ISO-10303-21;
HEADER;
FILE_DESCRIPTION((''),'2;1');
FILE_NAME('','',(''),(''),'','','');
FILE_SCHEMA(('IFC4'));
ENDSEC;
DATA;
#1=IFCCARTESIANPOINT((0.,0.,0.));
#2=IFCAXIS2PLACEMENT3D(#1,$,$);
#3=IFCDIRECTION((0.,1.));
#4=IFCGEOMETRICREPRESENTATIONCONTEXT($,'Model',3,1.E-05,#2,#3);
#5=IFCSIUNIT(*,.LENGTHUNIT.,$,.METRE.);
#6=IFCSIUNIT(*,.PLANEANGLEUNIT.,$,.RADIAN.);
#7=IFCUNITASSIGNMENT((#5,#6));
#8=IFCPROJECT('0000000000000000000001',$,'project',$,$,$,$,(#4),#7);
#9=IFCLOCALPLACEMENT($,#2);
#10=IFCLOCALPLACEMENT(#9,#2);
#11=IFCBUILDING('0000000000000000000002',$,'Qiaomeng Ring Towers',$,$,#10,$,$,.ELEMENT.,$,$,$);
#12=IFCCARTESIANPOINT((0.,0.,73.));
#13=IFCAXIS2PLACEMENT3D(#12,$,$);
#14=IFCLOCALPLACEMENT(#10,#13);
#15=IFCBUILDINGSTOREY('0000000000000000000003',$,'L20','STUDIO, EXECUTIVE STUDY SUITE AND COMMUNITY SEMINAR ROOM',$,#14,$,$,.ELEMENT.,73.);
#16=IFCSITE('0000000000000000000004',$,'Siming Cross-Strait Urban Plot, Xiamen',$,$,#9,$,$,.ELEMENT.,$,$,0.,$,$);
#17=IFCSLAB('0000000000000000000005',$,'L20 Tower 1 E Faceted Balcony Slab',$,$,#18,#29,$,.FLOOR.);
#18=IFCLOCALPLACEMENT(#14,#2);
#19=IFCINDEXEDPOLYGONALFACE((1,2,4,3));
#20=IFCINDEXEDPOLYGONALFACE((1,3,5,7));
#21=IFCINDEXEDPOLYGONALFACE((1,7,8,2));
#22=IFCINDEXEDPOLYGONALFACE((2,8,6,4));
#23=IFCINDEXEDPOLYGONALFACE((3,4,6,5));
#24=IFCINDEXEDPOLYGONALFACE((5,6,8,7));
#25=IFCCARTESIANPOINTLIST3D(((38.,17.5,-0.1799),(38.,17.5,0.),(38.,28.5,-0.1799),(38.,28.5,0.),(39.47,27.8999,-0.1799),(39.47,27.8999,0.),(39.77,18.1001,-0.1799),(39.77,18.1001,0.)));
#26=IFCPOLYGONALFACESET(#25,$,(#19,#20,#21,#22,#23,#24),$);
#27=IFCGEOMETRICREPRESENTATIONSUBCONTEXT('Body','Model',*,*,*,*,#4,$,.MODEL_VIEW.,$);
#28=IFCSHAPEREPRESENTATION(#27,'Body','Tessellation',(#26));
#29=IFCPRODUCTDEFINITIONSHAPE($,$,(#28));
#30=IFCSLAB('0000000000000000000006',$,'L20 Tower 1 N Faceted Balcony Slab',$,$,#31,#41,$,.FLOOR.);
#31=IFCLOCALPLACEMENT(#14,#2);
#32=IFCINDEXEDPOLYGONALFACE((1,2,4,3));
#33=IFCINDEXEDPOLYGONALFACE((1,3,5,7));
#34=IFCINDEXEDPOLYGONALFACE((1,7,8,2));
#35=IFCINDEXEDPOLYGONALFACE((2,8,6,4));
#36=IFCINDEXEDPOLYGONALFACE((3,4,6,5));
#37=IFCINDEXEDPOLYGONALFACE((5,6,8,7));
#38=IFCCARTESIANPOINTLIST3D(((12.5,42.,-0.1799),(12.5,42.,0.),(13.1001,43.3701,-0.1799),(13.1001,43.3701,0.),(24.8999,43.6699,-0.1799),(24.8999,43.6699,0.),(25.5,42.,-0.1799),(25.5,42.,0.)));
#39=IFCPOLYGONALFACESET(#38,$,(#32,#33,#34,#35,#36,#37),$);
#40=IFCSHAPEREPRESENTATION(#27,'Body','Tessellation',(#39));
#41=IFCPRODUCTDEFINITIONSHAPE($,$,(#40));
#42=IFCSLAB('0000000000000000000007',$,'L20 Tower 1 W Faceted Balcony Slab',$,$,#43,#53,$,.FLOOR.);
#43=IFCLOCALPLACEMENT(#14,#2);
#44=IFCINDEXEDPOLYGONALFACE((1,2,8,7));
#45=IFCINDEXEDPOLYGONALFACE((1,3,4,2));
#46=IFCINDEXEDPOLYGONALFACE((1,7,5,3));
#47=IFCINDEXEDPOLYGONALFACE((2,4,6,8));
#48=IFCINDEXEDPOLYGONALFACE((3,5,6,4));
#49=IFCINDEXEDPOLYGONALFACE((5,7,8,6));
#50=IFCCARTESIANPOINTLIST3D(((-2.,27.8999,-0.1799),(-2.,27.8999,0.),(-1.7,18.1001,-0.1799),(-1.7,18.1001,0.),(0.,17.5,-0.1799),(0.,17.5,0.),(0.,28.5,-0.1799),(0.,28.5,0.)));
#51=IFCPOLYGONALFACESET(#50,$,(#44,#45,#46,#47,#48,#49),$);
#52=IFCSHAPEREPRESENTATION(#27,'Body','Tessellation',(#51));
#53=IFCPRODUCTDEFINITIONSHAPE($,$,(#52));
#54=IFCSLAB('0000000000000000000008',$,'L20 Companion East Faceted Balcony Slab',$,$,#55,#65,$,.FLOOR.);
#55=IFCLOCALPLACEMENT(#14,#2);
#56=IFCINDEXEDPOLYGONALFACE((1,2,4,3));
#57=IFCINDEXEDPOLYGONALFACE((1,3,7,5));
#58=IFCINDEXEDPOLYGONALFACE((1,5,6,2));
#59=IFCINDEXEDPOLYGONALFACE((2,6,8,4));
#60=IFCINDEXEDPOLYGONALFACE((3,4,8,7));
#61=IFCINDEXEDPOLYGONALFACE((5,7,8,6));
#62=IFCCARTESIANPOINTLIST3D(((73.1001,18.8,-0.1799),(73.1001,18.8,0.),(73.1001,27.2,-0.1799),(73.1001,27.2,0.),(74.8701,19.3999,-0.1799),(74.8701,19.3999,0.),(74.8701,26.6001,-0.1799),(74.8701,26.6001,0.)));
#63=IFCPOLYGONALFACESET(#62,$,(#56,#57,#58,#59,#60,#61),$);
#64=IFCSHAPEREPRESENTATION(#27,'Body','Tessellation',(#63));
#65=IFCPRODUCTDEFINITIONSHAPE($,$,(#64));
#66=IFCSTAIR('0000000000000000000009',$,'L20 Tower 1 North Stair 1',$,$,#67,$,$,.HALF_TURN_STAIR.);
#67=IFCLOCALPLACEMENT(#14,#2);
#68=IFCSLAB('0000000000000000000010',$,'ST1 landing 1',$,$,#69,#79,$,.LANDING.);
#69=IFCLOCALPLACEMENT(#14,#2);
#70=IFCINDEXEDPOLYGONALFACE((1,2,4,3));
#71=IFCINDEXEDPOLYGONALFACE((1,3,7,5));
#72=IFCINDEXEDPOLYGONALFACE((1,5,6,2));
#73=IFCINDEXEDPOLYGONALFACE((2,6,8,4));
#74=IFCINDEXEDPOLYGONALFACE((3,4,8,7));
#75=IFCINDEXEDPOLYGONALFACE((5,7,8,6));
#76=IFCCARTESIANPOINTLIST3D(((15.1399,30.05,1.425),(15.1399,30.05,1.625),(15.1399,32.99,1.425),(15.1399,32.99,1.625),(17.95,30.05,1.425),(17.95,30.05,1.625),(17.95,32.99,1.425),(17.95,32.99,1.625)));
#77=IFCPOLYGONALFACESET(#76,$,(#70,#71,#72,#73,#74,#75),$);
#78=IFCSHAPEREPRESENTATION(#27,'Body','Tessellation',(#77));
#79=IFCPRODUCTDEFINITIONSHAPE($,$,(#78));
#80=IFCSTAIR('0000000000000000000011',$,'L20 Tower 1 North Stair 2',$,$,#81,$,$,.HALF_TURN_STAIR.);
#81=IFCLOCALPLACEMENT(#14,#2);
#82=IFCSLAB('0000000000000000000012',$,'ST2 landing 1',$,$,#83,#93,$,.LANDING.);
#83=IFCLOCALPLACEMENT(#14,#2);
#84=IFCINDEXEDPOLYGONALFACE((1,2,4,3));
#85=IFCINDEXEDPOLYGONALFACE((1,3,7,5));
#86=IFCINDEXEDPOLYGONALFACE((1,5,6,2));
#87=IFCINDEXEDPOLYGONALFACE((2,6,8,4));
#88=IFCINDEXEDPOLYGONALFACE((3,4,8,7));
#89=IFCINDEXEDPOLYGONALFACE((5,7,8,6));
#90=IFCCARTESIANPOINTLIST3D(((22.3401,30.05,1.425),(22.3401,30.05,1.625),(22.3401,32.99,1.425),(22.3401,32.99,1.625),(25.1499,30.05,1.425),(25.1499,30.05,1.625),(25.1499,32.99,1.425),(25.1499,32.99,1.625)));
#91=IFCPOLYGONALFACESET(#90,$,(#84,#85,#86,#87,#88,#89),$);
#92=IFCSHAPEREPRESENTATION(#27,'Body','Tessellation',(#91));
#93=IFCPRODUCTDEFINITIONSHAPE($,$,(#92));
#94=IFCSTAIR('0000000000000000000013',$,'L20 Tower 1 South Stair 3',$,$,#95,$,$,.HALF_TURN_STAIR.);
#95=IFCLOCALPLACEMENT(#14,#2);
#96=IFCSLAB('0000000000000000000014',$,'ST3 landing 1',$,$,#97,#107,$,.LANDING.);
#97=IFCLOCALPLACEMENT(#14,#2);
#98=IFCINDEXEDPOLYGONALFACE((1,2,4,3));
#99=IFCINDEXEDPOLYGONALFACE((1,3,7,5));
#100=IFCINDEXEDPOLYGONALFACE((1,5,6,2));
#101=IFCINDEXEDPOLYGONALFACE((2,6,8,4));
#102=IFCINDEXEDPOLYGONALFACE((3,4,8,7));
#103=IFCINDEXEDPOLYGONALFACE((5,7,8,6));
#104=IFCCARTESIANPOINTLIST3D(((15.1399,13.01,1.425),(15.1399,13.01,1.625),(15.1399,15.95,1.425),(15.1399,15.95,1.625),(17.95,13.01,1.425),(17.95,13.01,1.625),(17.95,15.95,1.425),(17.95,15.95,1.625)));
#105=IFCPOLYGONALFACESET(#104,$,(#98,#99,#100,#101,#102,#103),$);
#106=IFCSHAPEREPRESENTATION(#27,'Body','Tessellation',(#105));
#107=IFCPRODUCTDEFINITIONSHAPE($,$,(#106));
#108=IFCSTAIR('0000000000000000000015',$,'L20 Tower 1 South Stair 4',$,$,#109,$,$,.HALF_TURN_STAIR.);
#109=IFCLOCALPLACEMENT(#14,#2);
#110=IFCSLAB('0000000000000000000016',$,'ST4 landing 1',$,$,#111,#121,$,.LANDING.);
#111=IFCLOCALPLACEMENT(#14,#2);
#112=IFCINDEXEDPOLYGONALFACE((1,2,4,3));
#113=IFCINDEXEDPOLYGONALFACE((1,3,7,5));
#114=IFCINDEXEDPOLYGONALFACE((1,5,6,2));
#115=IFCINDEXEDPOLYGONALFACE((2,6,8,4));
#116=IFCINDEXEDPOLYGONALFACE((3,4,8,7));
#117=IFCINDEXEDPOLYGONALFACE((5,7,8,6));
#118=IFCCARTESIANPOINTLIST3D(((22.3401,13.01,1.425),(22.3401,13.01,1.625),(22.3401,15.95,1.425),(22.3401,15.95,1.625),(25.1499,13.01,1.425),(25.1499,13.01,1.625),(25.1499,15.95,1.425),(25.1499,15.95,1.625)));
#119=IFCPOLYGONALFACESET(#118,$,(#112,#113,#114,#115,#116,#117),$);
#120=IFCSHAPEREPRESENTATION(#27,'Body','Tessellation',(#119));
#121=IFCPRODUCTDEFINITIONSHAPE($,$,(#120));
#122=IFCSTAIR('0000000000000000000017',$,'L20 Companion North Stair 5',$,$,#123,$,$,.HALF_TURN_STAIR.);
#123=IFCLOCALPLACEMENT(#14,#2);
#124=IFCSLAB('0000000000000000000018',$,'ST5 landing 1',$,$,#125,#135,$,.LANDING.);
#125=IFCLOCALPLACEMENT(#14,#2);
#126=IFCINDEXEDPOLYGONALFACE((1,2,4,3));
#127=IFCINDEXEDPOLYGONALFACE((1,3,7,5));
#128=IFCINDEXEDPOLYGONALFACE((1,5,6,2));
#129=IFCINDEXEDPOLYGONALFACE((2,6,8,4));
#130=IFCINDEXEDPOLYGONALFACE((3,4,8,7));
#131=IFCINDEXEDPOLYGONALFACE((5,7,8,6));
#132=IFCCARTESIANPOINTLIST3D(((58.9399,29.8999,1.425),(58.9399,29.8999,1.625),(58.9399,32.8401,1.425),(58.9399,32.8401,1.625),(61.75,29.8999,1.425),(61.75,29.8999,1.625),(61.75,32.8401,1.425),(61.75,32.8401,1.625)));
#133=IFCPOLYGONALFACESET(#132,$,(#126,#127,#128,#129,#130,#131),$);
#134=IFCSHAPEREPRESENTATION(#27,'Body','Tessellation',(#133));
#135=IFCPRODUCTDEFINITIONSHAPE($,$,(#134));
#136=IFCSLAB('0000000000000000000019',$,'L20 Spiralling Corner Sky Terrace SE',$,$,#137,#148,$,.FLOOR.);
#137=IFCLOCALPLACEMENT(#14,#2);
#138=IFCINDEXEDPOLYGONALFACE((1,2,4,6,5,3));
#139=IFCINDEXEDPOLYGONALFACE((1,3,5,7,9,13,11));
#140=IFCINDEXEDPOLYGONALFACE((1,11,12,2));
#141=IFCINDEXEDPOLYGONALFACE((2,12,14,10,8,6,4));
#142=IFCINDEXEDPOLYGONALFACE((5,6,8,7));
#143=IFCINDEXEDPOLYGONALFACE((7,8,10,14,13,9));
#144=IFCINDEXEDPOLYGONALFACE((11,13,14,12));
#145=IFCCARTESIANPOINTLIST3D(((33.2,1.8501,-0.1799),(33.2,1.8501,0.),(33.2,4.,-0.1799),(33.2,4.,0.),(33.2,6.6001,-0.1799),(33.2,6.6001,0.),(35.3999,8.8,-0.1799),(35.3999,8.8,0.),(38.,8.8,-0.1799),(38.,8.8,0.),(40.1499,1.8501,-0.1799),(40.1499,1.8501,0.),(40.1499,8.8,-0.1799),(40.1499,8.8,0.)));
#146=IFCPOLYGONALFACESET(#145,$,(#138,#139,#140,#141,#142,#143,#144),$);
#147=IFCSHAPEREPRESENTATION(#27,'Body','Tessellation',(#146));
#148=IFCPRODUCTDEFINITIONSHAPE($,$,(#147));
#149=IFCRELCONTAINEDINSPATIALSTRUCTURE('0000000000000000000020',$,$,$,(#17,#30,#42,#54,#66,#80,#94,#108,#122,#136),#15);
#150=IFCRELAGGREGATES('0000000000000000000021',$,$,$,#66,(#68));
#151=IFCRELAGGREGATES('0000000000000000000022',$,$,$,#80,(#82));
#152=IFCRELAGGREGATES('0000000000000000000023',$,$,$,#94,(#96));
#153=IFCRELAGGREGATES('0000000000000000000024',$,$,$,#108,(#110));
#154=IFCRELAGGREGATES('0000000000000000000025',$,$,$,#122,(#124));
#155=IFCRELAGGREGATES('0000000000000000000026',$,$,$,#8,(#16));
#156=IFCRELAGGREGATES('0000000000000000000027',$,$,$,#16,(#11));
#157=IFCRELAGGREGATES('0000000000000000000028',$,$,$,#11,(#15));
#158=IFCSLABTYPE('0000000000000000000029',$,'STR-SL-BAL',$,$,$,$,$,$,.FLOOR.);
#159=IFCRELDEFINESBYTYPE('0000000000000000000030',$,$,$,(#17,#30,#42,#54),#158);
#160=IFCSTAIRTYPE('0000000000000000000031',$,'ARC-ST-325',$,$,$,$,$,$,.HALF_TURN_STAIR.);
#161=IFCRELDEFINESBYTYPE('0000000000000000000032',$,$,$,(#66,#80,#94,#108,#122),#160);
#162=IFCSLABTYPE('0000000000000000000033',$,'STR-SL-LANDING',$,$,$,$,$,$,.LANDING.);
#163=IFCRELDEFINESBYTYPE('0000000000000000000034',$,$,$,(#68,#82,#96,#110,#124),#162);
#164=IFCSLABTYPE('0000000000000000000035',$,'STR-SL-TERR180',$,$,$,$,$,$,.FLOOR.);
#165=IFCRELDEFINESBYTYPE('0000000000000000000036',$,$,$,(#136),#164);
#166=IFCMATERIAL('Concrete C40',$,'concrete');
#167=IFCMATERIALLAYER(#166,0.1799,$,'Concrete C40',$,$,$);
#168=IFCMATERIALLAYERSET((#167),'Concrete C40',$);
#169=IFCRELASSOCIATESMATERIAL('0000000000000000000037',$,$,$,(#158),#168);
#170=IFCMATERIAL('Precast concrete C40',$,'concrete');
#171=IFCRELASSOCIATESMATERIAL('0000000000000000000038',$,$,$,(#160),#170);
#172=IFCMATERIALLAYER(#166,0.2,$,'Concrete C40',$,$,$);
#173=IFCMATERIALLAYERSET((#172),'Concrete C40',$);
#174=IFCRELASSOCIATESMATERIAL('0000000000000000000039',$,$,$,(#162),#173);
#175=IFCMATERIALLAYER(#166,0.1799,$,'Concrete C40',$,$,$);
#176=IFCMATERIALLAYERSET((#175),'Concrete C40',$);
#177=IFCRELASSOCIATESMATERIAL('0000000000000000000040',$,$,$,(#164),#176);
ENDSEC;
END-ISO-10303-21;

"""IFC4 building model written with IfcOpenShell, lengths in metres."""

from ifc_helpers import new_model, si_unit, direction, frame, origin, place, context, subcontext, project, spatial, polyline, outline, extrude, material, layer, layer_set, type_object, element, aggregate, save


model = new_model("IFC4")

# Units and contexts
model_context = context("Model", 3, precision=1e-05, world=origin(), true_north=direction((0.0, 1.0)))
body_context = subcontext(model_context, "Body", "Model", "MODEL_VIEW")
ifc_project = project(units=[si_unit("LENGTHUNIT", "METRE"), si_unit("PLANEANGLEUNIT", "RADIAN")], contexts=[model_context])

# Site, building, storey
site_placement = place(None, origin())
site = spatial("IfcSite", under=ifc_project, at=site_placement, Name="Siming Cross-Strait Urban Plot, Xiamen", CompositionType="ELEMENT", RefElevation=0.0)
building_placement = place(site_placement, origin())
building = spatial("IfcBuilding", under=site, at=building_placement, Name="Qiaomeng Ring Towers", CompositionType="ELEMENT")
storey_placement = place(building_placement, frame((0.0, 0.0, 73.0)))
storey = spatial("IfcBuildingStorey", under=building, at=storey_placement, Name="L20", Description="STUDIO, EXECUTIVE STUDY SUITE AND COMMUNITY SEMINAR ROOM", CompositionType="ELEMENT", Elevation=73.0)

# Slabs
ifc_material_1 = material(Name="Concrete C40", Category="concrete")
ifc_layer_1 = layer(ifc_material_1, 0.1799, Name="Concrete C40")
ifc_layer_set_1 = layer_set([ifc_layer_1], Name="Concrete C40")
slab_type_1 = type_object("IfcSlabType", Name="STR-SL-BAL", PredefinedType="FLOOR", material=ifc_layer_set_1)
slab_1_placement = place(storey_placement, frame((0.0, 0.0, -0.1799)))
element("IfcSlab", 1, at=slab_1_placement, inside=storey, type_object=slab_type_1, Name="L20 Tower 1 E Faceted Balcony Slab", PredefinedType="FLOOR", context=body_context, shape_type="SweptSolid", body=[
    extrude(outline(polyline([(39.47, 27.8999), (39.77, 18.1001), (38.0, 17.5), (38.0, 28.5), (39.47, 27.8999)])), origin(), (0.0, 0.0, 1.0), 0.1799),
])
slab_2_placement = place(storey_placement, frame((0.0, 0.0, -0.1799)))
element("IfcSlab", 2, at=slab_2_placement, inside=storey, type_object=slab_type_1, Name="L20 Tower 1 N Faceted Balcony Slab", PredefinedType="FLOOR", context=body_context, shape_type="SweptSolid", body=[
    extrude(outline(polyline([(12.5, 42.0), (13.1001, 43.3701), (24.8999, 43.6699), (25.5, 42.0), (12.5, 42.0)])), origin(), (0.0, 0.0, 1.0), 0.1799),
])
slab_3_placement = place(storey_placement, frame((0.0, 0.0, -0.1799)))
element("IfcSlab", 3, at=slab_3_placement, inside=storey, type_object=slab_type_1, Name="L20 Tower 1 W Faceted Balcony Slab", PredefinedType="FLOOR", context=body_context, shape_type="SweptSolid", body=[
    extrude(outline(polyline([(0.0, 17.5), (-1.7, 18.1001), (-2.0, 27.8999), (0.0, 28.5), (0.0, 17.5)])), origin(), (0.0, 0.0, 1.0), 0.1799),
])
slab_4_placement = place(storey_placement, frame((0.0, 0.0, -0.1799)))
element("IfcSlab", 4, at=slab_4_placement, inside=storey, type_object=slab_type_1, Name="L20 Companion East Faceted Balcony Slab", PredefinedType="FLOOR", context=body_context, shape_type="SweptSolid", body=[
    extrude(outline(polyline([(74.8701, 26.6001), (74.8701, 19.3999), (73.1001, 18.8), (73.1001, 27.2), (74.8701, 26.6001)])), origin(), (0.0, 0.0, 1.0), 0.1799),
])

# Stairs, slabs
ifc_material_2 = material(Name="Precast concrete C40", Category="concrete")
stair_type = type_object("IfcStairType", Name="ARC-ST-325", PredefinedType="HALF_TURN_STAIR", material=ifc_material_2)
stair_1_placement = place(storey_placement, origin())
stair_1 = element("IfcStair", 5, at=stair_1_placement, inside=storey, type_object=stair_type, Name="L20 Tower 1 North Stair 1", PredefinedType="HALF_TURN_STAIR")
ifc_layer_2 = layer(ifc_material_1, 0.2, Name="Concrete C40")
ifc_layer_set_2 = layer_set([ifc_layer_2], Name="Concrete C40")
slab_type_2 = type_object("IfcSlabType", Name="STR-SL-LANDING", PredefinedType="LANDING", material=ifc_layer_set_2)
slab_5_placement = place(storey_placement, frame((0.0, 0.0, 1.425)))
slab_5 = element("IfcSlab", 6, at=slab_5_placement, type_object=slab_type_2, Name="ST1 landing 1", PredefinedType="LANDING", context=body_context, shape_type="SweptSolid", body=[
    extrude(outline(polyline([(15.1399, 30.05), (17.95, 30.05), (17.95, 32.99), (15.1399, 32.99), (15.1399, 30.05)])), origin(), (0.0, 0.0, 1.0), 0.2),
])
aggregate(stair_1, [slab_5])
stair_2_placement = place(storey_placement, origin())
stair_2 = element("IfcStair", 7, at=stair_2_placement, inside=storey, type_object=stair_type, Name="L20 Tower 1 North Stair 2", PredefinedType="HALF_TURN_STAIR")
slab_6_placement = place(storey_placement, frame((0.0, 0.0, 1.425)))
slab_6 = element("IfcSlab", 8, at=slab_6_placement, type_object=slab_type_2, Name="ST2 landing 1", PredefinedType="LANDING", context=body_context, shape_type="SweptSolid", body=[
    extrude(outline(polyline([(22.3401, 30.05), (25.1499, 30.05), (25.1499, 32.99), (22.3401, 32.99), (22.3401, 30.05)])), origin(), (0.0, 0.0, 1.0), 0.2),
])
aggregate(stair_2, [slab_6])
stair_3_placement = place(storey_placement, origin())
stair_3 = element("IfcStair", 9, at=stair_3_placement, inside=storey, type_object=stair_type, Name="L20 Tower 1 South Stair 3", PredefinedType="HALF_TURN_STAIR")
slab_7_placement = place(storey_placement, frame((0.0, 0.0, 1.425)))
slab_7 = element("IfcSlab", 10, at=slab_7_placement, type_object=slab_type_2, Name="ST3 landing 1", PredefinedType="LANDING", context=body_context, shape_type="SweptSolid", body=[
    extrude(outline(polyline([(15.1399, 13.01), (17.95, 13.01), (17.95, 15.95), (15.1399, 15.95), (15.1399, 13.01)])), origin(), (0.0, 0.0, 1.0), 0.2),
])
aggregate(stair_3, [slab_7])
stair_4_placement = place(storey_placement, origin())
stair_4 = element("IfcStair", 11, at=stair_4_placement, inside=storey, type_object=stair_type, Name="L20 Tower 1 South Stair 4", PredefinedType="HALF_TURN_STAIR")
slab_8_placement = place(storey_placement, frame((0.0, 0.0, 1.425)))
slab_8 = element("IfcSlab", 12, at=slab_8_placement, type_object=slab_type_2, Name="ST4 landing 1", PredefinedType="LANDING", context=body_context, shape_type="SweptSolid", body=[
    extrude(outline(polyline([(22.3401, 13.01), (25.1499, 13.01), (25.1499, 15.95), (22.3401, 15.95), (22.3401, 13.01)])), origin(), (0.0, 0.0, 1.0), 0.2),
])
aggregate(stair_4, [slab_8])
stair_5_placement = place(storey_placement, origin())
stair_5 = element("IfcStair", 13, at=stair_5_placement, inside=storey, type_object=stair_type, Name="L20 Companion North Stair 5", PredefinedType="HALF_TURN_STAIR")
slab_9_placement = place(storey_placement, frame((0.0, 0.0, 1.425)))
slab_9 = element("IfcSlab", 14, at=slab_9_placement, type_object=slab_type_2, Name="ST5 landing 1", PredefinedType="LANDING", context=body_context, shape_type="SweptSolid", body=[
    extrude(outline(polyline([(58.9399, 29.8999), (61.75, 29.8999), (61.75, 32.8401), (58.9399, 32.8401), (58.9399, 29.8999)])), origin(), (0.0, 0.0, 1.0), 0.2),
])
aggregate(stair_5, [slab_9])

# Slab
ifc_layer_3 = layer(ifc_material_1, 0.1799, Name="Concrete C40")
ifc_layer_set_3 = layer_set([ifc_layer_3], Name="Concrete C40")
slab_type_3 = type_object("IfcSlabType", Name="STR-SL-TERR180", PredefinedType="FLOOR", material=ifc_layer_set_3)
slab_10_placement = place(storey_placement, frame((0.0, 0.0, -0.1799)))
element("IfcSlab", 15, at=slab_10_placement, inside=storey, type_object=slab_type_3, Name="L20 Spiralling Corner Sky Terrace SE", PredefinedType="FLOOR", context=body_context, shape_type="SweptSolid", body=[
    extrude(outline(polyline([(40.1499, 8.8), (40.1499, 1.8501), (33.2, 1.8501), (33.2, 4.0), (33.2, 6.6001), (35.3999, 8.8), (38.0, 8.8), (40.1499, 8.8)])), origin(), (0.0, 0.0, 1.0), 0.1799),
])

save(model, "model.ifc")
